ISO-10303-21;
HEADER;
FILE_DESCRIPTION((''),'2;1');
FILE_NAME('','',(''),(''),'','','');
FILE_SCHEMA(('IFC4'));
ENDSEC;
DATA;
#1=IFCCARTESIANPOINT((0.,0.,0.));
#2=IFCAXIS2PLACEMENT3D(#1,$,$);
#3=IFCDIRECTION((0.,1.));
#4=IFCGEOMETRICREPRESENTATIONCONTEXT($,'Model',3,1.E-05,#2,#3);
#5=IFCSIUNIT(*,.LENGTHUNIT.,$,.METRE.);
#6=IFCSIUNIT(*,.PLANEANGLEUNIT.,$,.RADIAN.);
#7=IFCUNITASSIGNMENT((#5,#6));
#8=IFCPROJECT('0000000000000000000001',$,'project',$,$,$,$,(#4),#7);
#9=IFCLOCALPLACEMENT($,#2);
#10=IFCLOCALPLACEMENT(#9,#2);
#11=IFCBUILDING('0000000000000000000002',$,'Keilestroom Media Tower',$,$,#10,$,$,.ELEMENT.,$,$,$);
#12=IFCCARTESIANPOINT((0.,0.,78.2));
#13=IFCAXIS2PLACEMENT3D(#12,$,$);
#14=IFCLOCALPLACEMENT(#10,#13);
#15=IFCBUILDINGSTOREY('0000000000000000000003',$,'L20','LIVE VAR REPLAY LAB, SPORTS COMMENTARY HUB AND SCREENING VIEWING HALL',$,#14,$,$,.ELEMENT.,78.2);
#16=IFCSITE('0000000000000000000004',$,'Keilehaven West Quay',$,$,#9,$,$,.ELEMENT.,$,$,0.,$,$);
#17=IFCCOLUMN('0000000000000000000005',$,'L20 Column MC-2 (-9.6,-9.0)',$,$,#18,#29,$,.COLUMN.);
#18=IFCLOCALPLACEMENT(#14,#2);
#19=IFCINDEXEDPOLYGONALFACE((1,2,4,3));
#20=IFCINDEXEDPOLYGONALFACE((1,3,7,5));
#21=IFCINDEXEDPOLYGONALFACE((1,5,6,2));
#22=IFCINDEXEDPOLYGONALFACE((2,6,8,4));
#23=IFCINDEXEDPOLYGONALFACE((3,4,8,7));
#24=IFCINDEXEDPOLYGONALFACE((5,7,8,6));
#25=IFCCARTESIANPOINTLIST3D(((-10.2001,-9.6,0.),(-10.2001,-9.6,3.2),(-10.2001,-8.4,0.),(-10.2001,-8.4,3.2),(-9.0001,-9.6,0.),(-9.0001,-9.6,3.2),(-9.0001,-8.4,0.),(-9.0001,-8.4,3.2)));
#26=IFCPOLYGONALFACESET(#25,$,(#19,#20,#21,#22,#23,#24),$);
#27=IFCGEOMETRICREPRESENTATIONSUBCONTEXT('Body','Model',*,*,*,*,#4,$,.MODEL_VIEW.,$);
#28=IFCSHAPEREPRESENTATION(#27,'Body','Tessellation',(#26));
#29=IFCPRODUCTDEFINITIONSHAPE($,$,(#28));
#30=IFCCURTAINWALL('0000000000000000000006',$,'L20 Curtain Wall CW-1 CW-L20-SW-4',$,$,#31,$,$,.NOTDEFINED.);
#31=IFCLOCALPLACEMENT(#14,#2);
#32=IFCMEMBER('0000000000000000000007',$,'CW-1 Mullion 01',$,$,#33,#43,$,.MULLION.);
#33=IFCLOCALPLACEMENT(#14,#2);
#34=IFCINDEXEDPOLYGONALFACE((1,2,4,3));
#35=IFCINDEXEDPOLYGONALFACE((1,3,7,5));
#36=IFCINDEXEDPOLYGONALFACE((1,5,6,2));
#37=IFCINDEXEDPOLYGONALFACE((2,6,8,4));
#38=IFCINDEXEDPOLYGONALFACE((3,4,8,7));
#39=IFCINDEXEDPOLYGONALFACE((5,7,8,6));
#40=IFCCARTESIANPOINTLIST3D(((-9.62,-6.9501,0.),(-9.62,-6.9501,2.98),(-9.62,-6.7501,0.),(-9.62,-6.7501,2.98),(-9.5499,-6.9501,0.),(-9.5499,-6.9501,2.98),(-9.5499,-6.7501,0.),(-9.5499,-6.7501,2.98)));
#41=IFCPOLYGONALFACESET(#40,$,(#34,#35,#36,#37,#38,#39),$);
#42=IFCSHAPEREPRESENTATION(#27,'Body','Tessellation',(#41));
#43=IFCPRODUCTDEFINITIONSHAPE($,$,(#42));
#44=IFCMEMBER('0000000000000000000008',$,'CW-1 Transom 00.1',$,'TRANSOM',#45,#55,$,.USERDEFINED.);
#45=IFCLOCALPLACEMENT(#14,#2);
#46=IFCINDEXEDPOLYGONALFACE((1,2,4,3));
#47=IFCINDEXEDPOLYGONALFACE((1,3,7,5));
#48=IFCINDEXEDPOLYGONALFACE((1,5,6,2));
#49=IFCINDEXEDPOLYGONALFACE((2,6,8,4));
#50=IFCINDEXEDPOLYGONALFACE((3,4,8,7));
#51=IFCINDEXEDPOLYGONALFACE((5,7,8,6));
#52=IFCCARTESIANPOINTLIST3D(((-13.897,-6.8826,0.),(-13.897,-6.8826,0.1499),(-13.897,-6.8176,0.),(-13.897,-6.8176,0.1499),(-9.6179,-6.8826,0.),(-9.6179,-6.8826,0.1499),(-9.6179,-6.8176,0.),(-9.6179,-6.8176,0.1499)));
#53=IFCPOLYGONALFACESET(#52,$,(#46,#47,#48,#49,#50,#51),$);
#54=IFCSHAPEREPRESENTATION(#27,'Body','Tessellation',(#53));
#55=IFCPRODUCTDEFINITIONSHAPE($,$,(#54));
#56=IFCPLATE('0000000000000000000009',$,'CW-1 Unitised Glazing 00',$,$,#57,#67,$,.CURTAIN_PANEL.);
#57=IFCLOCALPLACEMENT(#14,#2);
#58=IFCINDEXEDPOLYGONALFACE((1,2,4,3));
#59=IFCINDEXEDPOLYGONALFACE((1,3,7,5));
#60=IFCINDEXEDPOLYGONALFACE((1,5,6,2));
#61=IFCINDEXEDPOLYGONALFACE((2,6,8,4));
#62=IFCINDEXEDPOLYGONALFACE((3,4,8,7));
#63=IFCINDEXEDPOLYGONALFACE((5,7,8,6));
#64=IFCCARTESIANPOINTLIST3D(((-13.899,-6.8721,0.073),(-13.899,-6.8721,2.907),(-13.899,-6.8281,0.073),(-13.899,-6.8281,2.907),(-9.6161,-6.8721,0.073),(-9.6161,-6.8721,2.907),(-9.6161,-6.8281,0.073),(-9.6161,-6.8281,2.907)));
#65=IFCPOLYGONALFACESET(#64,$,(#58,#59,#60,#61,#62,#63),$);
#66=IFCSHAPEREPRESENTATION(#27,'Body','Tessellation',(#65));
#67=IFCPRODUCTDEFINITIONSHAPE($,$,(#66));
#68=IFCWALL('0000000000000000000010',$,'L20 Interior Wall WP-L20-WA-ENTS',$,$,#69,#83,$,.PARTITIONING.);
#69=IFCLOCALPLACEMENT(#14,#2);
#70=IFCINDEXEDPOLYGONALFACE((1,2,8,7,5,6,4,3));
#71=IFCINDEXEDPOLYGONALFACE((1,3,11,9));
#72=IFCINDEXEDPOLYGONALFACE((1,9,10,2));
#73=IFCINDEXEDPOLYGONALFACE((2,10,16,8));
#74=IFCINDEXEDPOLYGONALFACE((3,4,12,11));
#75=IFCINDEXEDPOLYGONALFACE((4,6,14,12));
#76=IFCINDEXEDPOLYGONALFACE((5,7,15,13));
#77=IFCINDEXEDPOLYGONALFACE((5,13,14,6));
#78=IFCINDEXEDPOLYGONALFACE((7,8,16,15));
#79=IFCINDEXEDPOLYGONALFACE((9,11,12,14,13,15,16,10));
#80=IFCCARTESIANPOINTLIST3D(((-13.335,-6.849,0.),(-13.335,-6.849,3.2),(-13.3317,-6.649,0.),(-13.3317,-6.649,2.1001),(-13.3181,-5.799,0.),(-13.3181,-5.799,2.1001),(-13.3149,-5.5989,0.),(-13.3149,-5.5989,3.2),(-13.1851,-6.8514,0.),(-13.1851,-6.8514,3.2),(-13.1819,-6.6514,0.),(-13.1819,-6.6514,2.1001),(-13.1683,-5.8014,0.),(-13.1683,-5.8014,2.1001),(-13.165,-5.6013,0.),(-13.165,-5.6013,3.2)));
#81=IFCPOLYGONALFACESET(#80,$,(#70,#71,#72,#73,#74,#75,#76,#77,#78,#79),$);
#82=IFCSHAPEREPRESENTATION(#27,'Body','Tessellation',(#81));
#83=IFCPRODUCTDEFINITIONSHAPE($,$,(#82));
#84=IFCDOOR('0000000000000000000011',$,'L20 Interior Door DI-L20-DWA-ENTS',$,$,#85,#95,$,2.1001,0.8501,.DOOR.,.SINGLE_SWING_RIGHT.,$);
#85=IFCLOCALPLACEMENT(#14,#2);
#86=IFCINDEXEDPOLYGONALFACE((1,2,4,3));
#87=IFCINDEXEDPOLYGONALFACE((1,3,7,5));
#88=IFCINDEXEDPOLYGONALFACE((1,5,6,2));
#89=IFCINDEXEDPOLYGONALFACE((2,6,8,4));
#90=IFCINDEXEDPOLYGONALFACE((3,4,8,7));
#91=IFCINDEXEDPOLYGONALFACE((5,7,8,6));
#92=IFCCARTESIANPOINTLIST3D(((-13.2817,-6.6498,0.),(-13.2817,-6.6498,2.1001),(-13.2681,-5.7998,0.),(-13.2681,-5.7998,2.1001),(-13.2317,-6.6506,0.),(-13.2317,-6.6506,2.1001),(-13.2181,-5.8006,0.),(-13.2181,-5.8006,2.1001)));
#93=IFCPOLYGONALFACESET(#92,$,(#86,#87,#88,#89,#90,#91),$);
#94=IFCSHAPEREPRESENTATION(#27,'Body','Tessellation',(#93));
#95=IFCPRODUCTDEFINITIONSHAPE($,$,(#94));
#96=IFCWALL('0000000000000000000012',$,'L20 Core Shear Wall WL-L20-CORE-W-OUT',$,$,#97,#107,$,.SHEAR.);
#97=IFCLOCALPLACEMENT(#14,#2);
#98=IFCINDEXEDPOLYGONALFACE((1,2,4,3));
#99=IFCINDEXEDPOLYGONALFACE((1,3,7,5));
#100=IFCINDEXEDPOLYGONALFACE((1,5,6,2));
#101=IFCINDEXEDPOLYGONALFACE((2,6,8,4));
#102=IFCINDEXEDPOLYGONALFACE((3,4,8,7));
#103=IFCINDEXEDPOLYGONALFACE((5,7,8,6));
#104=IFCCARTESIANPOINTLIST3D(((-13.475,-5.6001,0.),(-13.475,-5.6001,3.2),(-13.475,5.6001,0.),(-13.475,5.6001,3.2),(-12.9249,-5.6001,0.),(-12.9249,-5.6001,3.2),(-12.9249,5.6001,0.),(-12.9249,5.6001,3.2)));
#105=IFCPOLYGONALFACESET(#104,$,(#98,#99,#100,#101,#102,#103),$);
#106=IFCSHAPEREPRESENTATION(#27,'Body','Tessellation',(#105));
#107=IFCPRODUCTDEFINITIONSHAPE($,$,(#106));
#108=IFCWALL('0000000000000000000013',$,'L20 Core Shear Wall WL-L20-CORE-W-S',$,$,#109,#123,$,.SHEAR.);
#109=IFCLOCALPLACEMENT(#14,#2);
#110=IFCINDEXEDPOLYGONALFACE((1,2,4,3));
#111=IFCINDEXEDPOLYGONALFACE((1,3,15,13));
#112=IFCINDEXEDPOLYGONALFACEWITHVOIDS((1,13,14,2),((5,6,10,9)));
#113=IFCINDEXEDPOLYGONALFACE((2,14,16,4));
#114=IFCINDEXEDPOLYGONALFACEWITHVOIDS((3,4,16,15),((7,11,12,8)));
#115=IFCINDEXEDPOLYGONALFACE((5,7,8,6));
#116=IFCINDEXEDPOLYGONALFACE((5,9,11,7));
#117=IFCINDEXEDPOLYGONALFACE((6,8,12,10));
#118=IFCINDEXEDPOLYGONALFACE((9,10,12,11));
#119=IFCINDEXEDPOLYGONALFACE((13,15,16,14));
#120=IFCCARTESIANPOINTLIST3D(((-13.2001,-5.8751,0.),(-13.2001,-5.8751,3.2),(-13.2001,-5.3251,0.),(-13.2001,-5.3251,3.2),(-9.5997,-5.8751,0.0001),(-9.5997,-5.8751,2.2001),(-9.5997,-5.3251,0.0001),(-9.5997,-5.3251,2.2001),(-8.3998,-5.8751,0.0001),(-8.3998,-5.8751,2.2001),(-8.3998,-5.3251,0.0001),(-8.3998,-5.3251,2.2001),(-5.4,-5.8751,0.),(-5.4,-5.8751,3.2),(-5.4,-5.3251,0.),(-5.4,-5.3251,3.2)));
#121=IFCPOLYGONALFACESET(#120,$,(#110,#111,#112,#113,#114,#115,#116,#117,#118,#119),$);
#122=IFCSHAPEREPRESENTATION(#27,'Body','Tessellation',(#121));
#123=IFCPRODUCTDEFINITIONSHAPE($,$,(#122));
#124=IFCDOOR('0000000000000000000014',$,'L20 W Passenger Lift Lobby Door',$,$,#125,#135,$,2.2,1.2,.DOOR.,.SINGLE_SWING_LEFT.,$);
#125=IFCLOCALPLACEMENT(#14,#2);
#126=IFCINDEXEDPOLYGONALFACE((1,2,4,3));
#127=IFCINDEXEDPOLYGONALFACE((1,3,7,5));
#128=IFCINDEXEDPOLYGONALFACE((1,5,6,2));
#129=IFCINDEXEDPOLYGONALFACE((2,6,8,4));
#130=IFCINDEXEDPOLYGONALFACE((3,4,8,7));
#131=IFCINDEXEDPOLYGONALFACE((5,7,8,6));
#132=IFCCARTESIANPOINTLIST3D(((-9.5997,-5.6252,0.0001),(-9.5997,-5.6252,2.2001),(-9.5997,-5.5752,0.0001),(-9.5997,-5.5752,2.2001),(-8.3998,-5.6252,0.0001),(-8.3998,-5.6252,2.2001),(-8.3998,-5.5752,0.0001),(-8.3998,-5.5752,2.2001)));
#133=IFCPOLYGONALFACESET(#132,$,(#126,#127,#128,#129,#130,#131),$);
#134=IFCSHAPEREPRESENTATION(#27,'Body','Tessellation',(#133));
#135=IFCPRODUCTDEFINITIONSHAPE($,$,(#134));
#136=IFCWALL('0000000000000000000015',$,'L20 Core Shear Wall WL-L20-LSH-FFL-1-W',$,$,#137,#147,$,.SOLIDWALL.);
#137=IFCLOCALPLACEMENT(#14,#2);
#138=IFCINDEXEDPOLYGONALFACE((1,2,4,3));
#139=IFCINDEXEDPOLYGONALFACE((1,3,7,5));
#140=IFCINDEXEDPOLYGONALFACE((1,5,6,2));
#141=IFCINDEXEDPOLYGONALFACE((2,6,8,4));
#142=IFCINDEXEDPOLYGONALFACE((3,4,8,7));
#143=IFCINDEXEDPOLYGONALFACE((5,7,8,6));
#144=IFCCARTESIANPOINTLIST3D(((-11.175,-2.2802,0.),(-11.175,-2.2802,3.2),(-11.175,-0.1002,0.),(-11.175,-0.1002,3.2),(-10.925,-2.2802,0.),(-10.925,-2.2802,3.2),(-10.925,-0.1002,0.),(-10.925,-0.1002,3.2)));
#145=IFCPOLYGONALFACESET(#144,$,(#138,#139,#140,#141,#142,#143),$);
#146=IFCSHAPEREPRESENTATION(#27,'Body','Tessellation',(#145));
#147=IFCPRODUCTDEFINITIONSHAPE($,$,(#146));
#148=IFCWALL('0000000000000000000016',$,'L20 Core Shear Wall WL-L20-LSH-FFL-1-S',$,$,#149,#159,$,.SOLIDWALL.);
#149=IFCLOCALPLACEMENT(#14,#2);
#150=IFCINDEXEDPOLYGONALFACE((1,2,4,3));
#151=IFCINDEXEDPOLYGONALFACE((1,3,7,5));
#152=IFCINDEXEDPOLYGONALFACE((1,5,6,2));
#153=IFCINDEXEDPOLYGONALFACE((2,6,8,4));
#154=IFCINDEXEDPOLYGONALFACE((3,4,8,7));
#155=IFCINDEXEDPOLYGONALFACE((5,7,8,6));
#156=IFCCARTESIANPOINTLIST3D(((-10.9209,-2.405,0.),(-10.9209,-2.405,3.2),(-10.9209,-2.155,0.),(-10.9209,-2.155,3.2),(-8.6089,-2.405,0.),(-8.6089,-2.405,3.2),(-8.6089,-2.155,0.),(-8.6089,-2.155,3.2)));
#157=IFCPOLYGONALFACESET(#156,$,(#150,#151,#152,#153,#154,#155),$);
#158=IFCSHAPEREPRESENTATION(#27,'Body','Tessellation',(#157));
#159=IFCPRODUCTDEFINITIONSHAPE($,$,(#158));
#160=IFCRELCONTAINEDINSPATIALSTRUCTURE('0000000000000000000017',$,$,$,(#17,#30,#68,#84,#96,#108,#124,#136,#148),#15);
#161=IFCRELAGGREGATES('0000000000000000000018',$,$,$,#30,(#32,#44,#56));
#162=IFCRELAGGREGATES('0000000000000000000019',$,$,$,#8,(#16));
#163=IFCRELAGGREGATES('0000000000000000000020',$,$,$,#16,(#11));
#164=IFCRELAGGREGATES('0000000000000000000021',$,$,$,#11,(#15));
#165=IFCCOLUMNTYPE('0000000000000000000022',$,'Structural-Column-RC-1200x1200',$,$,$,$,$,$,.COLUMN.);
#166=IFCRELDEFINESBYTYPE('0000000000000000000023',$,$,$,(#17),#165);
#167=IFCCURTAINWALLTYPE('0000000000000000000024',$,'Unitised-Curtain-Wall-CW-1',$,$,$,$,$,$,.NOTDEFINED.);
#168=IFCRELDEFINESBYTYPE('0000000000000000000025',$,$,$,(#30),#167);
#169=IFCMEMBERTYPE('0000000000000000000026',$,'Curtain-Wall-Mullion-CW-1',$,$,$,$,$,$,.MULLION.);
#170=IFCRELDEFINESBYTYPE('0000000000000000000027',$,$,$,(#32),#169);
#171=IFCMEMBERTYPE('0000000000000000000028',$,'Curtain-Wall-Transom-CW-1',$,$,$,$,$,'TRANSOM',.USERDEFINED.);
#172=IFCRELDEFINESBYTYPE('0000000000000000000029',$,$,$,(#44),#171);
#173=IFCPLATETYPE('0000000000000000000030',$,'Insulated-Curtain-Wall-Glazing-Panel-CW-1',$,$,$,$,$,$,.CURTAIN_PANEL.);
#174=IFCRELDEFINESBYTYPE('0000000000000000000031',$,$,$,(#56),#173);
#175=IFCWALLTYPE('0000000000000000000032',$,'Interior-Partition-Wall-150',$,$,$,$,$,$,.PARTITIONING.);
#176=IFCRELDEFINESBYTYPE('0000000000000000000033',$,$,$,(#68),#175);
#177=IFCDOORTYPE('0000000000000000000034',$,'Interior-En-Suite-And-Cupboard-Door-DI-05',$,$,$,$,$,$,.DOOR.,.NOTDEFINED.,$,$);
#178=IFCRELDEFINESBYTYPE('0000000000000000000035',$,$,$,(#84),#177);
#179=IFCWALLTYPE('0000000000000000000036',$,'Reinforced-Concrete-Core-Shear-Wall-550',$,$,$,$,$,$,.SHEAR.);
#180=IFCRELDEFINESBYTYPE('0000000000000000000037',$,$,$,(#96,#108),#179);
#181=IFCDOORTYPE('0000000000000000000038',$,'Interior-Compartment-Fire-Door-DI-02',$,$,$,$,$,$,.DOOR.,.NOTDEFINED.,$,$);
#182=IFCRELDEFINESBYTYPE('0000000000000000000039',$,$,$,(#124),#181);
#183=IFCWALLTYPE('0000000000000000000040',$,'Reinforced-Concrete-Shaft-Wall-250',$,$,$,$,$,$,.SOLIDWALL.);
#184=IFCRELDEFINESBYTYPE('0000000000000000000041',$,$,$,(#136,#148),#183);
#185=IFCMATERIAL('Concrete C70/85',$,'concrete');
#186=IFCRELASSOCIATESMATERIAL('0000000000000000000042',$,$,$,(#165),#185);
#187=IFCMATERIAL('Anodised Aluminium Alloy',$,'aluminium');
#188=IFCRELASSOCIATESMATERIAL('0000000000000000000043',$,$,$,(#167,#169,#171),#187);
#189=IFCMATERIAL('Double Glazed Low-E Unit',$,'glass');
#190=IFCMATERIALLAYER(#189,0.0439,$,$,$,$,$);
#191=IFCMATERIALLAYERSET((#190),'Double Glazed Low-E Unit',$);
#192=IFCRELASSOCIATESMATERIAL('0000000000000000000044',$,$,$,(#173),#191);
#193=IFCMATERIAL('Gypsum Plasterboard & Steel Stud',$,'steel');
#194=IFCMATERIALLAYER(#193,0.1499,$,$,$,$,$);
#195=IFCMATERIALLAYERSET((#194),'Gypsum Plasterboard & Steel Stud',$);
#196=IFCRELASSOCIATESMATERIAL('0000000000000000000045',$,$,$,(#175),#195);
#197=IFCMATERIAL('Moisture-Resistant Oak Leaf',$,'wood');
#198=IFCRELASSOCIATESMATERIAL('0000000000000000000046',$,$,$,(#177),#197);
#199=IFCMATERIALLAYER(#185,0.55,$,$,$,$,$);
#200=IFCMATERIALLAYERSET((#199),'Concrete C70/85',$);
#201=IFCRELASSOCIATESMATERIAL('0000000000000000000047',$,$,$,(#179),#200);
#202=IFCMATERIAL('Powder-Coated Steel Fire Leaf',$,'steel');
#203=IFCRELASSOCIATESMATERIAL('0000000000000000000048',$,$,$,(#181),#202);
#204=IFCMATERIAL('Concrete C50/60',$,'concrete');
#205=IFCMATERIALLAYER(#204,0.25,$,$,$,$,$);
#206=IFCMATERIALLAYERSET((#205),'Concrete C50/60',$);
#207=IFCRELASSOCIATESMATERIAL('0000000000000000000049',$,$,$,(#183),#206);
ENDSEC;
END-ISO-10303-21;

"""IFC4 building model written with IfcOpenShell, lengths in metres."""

from ifc_helpers import new_model, si_unit, direction, frame, frame_2d, origin, origin_2d, place, context, subcontext, project, spatial, rectangle, extrude, source, transform, mapped, material, layer, layer_set, material_profile, profile_set, type_object, element, fill, aggregate, save


model = new_model("IFC4")

# Units and contexts
model_context = context("Model", 3, precision=1e-05, world=origin(), true_north=direction((0.0, 1.0)))
body_context = subcontext(model_context, "Body", "Model", "MODEL_VIEW")
ifc_project = project(units=[si_unit("LENGTHUNIT", "METRE"), si_unit("PLANEANGLEUNIT", "RADIAN")], contexts=[model_context])

# Site, building, storey
site_placement = place(None, origin())
site = spatial("IfcSite", under=ifc_project, at=site_placement, Name="Keilehaven West Quay", CompositionType="ELEMENT", RefElevation=0.0)
building_placement = place(site_placement, origin())
building = spatial("IfcBuilding", under=site, at=building_placement, Name="Keilestroom Media Tower", CompositionType="ELEMENT")
storey_placement = place(building_placement, frame((0.0, 0.0, 78.2)))
storey = spatial("IfcBuildingStorey", under=building, at=storey_placement, Name="L20", Description="LIVE VAR REPLAY LAB, SPORTS COMMENTARY HUB AND SCREENING VIEWING HALL", CompositionType="ELEMENT", Elevation=78.2)

# Column
ifc_material_1 = material(Name="Concrete C70/85", Category="concrete")
ifc_material_profile_1 = material_profile(ifc_material_1, rectangle(XDim=1.2, YDim=1.2, at=origin_2d()), Name="RC 1200x1200")
ifc_profile_set_1 = profile_set([ifc_material_profile_1], Name="Concrete C70/85")
column_type = type_object("IfcColumnType", Name="Structural-Column-RC-1200x1200", PredefinedType="COLUMN", material=ifc_profile_set_1)
shared_shape_1 = source(origin(), body_context, "Body", "SweptSolid", [
    extrude(rectangle(XDim=1.2, YDim=1.2, at=origin_2d()), origin(), (0.0, 0.0, 1.0), 3.2),
])
column_placement = place(storey_placement, frame((-9.6001, -9.0, 0.0), z_axis=(0.0, 0.0, 1.0), x_axis=(1.0, 0.0, 0.0)))
element("IfcColumn", 1, at=column_placement, inside=storey, type_object=column_type, Name="L20 Column MC-2 (-9.6,-9.0)", PredefinedType="COLUMN", context=body_context, shape_type="MappedRepresentation", body=[
    mapped(shared_shape_1, transform((0.0, 0.0, 0.0), x_axis=(1.0, 0.0, 0.0), y_axis=(0.0, 1.0, 0.0), z_axis=(0.0, 0.0, 1.0), scale=1.0)),
])

# Curtain wall, members, plate
ifc_material_2 = material(Name="Anodised Aluminium Alloy", Category="aluminium")
curtain_wall_type = type_object("IfcCurtainWallType", Name="Unitised-Curtain-Wall-CW-1", PredefinedType="NOTDEFINED", material=ifc_material_2)
curtain_wall_placement = place(storey_placement, origin())
curtain_wall = element("IfcCurtainWall", 2, at=curtain_wall_placement, inside=storey, type_object=curtain_wall_type, Name="L20 Curtain Wall CW-1 CW-L20-SW-4", PredefinedType="NOTDEFINED")
ifc_material_profile_2 = material_profile(ifc_material_2, rectangle(XDim=0.0701, YDim=0.2, at=origin_2d()), Name="ALU MULLION 70x200")
ifc_profile_set_2 = profile_set([ifc_material_profile_2], Name="Anodised Aluminium Alloy")
member_type_1 = type_object("IfcMemberType", Name="Curtain-Wall-Mullion-CW-1", PredefinedType="MULLION", material=ifc_profile_set_2)
shared_shape_2 = source(origin(), body_context, "Body", "SweptSolid", [
    extrude(rectangle(XDim=0.0701, YDim=0.2, at=origin_2d()), origin(), (0.0, 0.0, 1.0), 2.98),
])
member_1_placement = place(storey_placement, frame((-9.585, -6.8501, 0.0), z_axis=(0.0, 0.0, 1.0), x_axis=(1.0, 0.0, 0.0)))
member_1 = element("IfcMember", 3, at=member_1_placement, type_object=member_type_1, Name="CW-1 Mullion 01", PredefinedType="MULLION", context=body_context, shape_type="MappedRepresentation", body=[
    mapped(shared_shape_2, transform((0.0, 0.0, 0.0), x_axis=(1.0, 0.0, 0.0), y_axis=(0.0, 1.0, 0.0), z_axis=(0.0, 0.0, 1.0), scale=1.0)),
])
ifc_material_profile_3 = material_profile(ifc_material_2, rectangle(XDim=0.0649, YDim=0.1499, at=origin_2d()), Name="ALU TRANSOM 65x150")
ifc_profile_set_3 = profile_set([ifc_material_profile_3], Name="Anodised Aluminium Alloy")
member_type_2 = type_object("IfcMemberType", Name="Curtain-Wall-Transom-CW-1", ElementType="TRANSOM", PredefinedType="USERDEFINED", material=ifc_profile_set_3)
shared_shape_3 = source(origin(), body_context, "Body", "SweptSolid", [
    extrude(rectangle(XDim=0.0649, YDim=0.1499, at=origin_2d()), origin(), (0.0, 0.0, 1.0), 4.2791),
])
member_2_placement = place(storey_placement, frame((-13.897, -6.8501, 0.075), z_axis=(1.0, 0.0, 0.0), x_axis=(0.0, 1.0, 0.0)))
member_2 = element("IfcMember", 4, at=member_2_placement, type_object=member_type_2, Name="CW-1 Transom 00.1", ObjectType="TRANSOM", PredefinedType="USERDEFINED", context=body_context, shape_type="MappedRepresentation", body=[
    mapped(shared_shape_3, transform((0.0, 0.0, 0.0), x_axis=(1.0, 0.0, 0.0), y_axis=(0.0, 1.0, 0.0), z_axis=(0.0, 0.0, 1.0), scale=1.0)),
])
ifc_material_3 = material(Name="Double Glazed Low-E Unit", Category="glass")
ifc_layer_1 = layer(ifc_material_3, 0.0439)
ifc_layer_set_1 = layer_set([ifc_layer_1], Name="Double Glazed Low-E Unit")
plate_type = type_object("IfcPlateType", Name="Insulated-Curtain-Wall-Glazing-Panel-CW-1", PredefinedType="CURTAIN_PANEL", material=ifc_layer_set_1)
shared_shape_4 = source(origin(), body_context, "Body", "SweptSolid", [
    extrude(rectangle(XDim=4.283, YDim=0.0439, at=origin_2d()), origin(), (0.0, 0.0, 1.0), 2.834),
])
plate_placement = place(storey_placement, frame((-11.7576, -6.8501, 0.073), z_axis=(0.0, 0.0, 1.0), x_axis=(1.0, 0.0, 0.0)))
plate = element("IfcPlate", 5, at=plate_placement, type_object=plate_type, Name="CW-1 Unitised Glazing 00", PredefinedType="CURTAIN_PANEL", context=body_context, shape_type="MappedRepresentation", body=[
    mapped(shared_shape_4, transform((0.0, 0.0, 0.0), x_axis=(1.0, 0.0, 0.0), y_axis=(0.0, 1.0, 0.0), z_axis=(0.0, 0.0, 1.0), scale=1.0)),
])
aggregate(curtain_wall, [member_1, member_2, plate])

# Wall, opening, door
ifc_material_4 = material(Name="Gypsum Plasterboard & Steel Stud", Category="steel")
ifc_layer_2 = layer(ifc_material_4, 0.1499)
ifc_layer_set_2 = layer_set([ifc_layer_2], Name="Gypsum Plasterboard & Steel Stud")
wall_type_1 = type_object("IfcWallType", Name="Interior-Partition-Wall-150", PredefinedType="PARTITIONING", material=ifc_layer_set_2)
wall_1_placement = place(storey_placement, frame((-13.26, -6.8501, 0.0), z_axis=(0.0, 0.0, 1.0), x_axis=(0.016014, 0.999872, 0.0)))
wall_1 = element("IfcWall", 6, at=wall_1_placement, inside=storey, type_object=wall_type_1, Name="L20 Interior Wall WP-L20-WA-ENTS", PredefinedType="PARTITIONING", context=body_context, shape_type="SweptSolid", body=[
    extrude(rectangle(XDim=1.2502, YDim=0.1499, at=frame_2d((0.625, 0.0))), origin(), (0.0, 0.0, 1.0), 3.2),
])
opening_1_placement = place(wall_1_placement, frame((0.2, 0.0, 0.0)))
opening_1 = element("IfcOpeningElement", 7, at=opening_1_placement, cuts=wall_1, PredefinedType="OPENING", context=body_context, shape_type="SweptSolid", body=[
    extrude(rectangle(XDim=0.8501, YDim=2.1001, at=frame_2d((0.425, 1.05))), frame((0.0, 0.085, 0.0), z_axis=(0.0, -1.0, 0.0), x_axis=(1.0, 0.0, 0.0)), (0.0, 0.0, 1.0), 0.1699),
])
ifc_material_5 = material(Name="Moisture-Resistant Oak Leaf", Category="wood")
door_type_1 = type_object("IfcDoorType", Name="Interior-En-Suite-And-Cupboard-Door-DI-05", OperationType="NOTDEFINED", PredefinedType="DOOR", material=ifc_material_5)
shared_shape_5 = source(origin(), body_context, "Body", "SweptSolid", [
    extrude(rectangle(XDim=0.8501, YDim=2.1001, at=frame_2d((0.425, 1.05))), frame((0.0, 0.0249, 0.0), z_axis=(0.0, -1.0, 0.0), x_axis=(1.0, 0.0, 0.0)), (0.0, 0.0, 1.0), 0.05),
])
door_1_placement = place(opening_1_placement, origin())
door_1 = element("IfcDoor", 8, at=door_1_placement, inside=storey, type_object=door_type_1, Name="L20 Interior Door DI-L20-DWA-ENTS", OperationType="SINGLE_SWING_RIGHT", OverallHeight=2.1001, OverallWidth=0.8501, PredefinedType="DOOR", context=body_context, shape_type="MappedRepresentation", body=[
    mapped(shared_shape_5, transform((0.0, 0.0, 0.0), x_axis=(1.0, 0.0, 0.0), y_axis=(0.0, 1.0, 0.0), z_axis=(0.0, 0.0, 1.0), scale=1.0)),
])
fill(opening_1, door_1)

# Wall
ifc_layer_3 = layer(ifc_material_1, 0.55)
ifc_layer_set_3 = layer_set([ifc_layer_3], Name="Concrete C70/85")
wall_type_2 = type_object("IfcWallType", Name="Reinforced-Concrete-Core-Shear-Wall-550", PredefinedType="SHEAR", material=ifc_layer_set_3)
wall_2_placement = place(storey_placement, frame((-13.2, -5.6001, 0.0), z_axis=(0.0, 0.0, 1.0), x_axis=(0.0, 1.0, 0.0)))
element("IfcWall", 9, at=wall_2_placement, inside=storey, type_object=wall_type_2, Name="L20 Core Shear Wall WL-L20-CORE-W-OUT", PredefinedType="SHEAR", context=body_context, shape_type="SweptSolid", body=[
    extrude(rectangle(XDim=11.2002, YDim=0.55, at=frame_2d((5.6001, 0.0))), origin(), (0.0, 0.0, 1.0), 3.2),
])

# Wall, opening, door
wall_3_placement = place(storey_placement, frame((-13.2, -5.6001, 0.0), z_axis=(0.0, 0.0, 1.0), x_axis=(1.0, 0.0, 0.0)))
wall_3 = element("IfcWall", 10, at=wall_3_placement, inside=storey, type_object=wall_type_2, Name="L20 Core Shear Wall WL-L20-CORE-W-S", PredefinedType="SHEAR", context=body_context, shape_type="SweptSolid", body=[
    extrude(rectangle(XDim=7.8, YDim=0.55, at=frame_2d((3.8999, 0.0))), origin(), (0.0, 0.0, 1.0), 3.2),
])
opening_2_placement = place(wall_3_placement, frame((3.6001, 0.0, 0.0)))
opening_2 = element("IfcOpeningElement", 11, at=opening_2_placement, cuts=wall_3, PredefinedType="OPENING", context=body_context, shape_type="SweptSolid", body=[
    extrude(rectangle(XDim=1.2, YDim=2.2, at=frame_2d((0.6001, 1.1001))), frame((0.0, 0.2852, 0.0), z_axis=(0.0, -1.0, 0.0), x_axis=(1.0, 0.0, 0.0)), (0.0, 0.0, 1.0), 0.5701),
])
ifc_material_6 = material(Name="Powder-Coated Steel Fire Leaf", Category="steel")
door_type_2 = type_object("IfcDoorType", Name="Interior-Compartment-Fire-Door-DI-02", OperationType="NOTDEFINED", PredefinedType="DOOR", material=ifc_material_6)
shared_shape_6 = source(origin(), body_context, "Body", "SweptSolid", [
    extrude(rectangle(XDim=1.2, YDim=2.2, at=frame_2d((0.6001, 1.1001))), frame((0.0, 0.0249, 0.0), z_axis=(0.0, -1.0, 0.0), x_axis=(1.0, 0.0, 0.0)), (0.0, 0.0, 1.0), 0.05),
])
door_2_placement = place(opening_2_placement, origin())
door_2 = element("IfcDoor", 12, at=door_2_placement, inside=storey, type_object=door_type_2, Name="L20 W Passenger Lift Lobby Door", OperationType="SINGLE_SWING_LEFT", OverallHeight=2.2, OverallWidth=1.2, PredefinedType="DOOR", context=body_context, shape_type="MappedRepresentation", body=[
    mapped(shared_shape_6, transform((0.0, 0.0, 0.0), x_axis=(1.0, 0.0, 0.0), y_axis=(0.0, 1.0, 0.0), z_axis=(0.0, 0.0, 1.0), scale=1.0)),
])
fill(opening_2, door_2)

# Walls
ifc_material_7 = material(Name="Concrete C50/60", Category="concrete")
ifc_layer_4 = layer(ifc_material_7, 0.25)
ifc_layer_set_4 = layer_set([ifc_layer_4], Name="Concrete C50/60")
wall_type_3 = type_object("IfcWallType", Name="Reinforced-Concrete-Shaft-Wall-250", PredefinedType="SOLIDWALL", material=ifc_layer_set_4)
wall_4_placement = place(storey_placement, frame((-11.05, -2.28, 0.0), z_axis=(0.0, 0.0, 1.0), x_axis=(0.0, 1.0, 0.0)))
element("IfcWall", 13, at=wall_4_placement, inside=storey, type_object=wall_type_3, Name="L20 Core Shear Wall WL-L20-LSH-FFL-1-W", PredefinedType="SOLIDWALL", context=body_context, shape_type="SweptSolid", body=[
    extrude(rectangle(XDim=2.1799, YDim=0.25, at=frame_2d((1.0898, 0.0))), origin(), (0.0, 0.0, 1.0), 3.2),
])
wall_5_placement = place(storey_placement, frame((-10.9209, -2.28, 0.0), z_axis=(0.0, 0.0, 1.0), x_axis=(1.0, 0.0, 0.0)))
element("IfcWall", 14, at=wall_5_placement, inside=storey, type_object=wall_type_3, Name="L20 Core Shear Wall WL-L20-LSH-FFL-1-S", PredefinedType="SOLIDWALL", context=body_context, shape_type="SweptSolid", body=[
    extrude(rectangle(XDim=2.312, YDim=0.25, at=frame_2d((1.156, 0.0))), origin(), (0.0, 0.0, 1.0), 3.2),
])

save(model, "model.ifc")
